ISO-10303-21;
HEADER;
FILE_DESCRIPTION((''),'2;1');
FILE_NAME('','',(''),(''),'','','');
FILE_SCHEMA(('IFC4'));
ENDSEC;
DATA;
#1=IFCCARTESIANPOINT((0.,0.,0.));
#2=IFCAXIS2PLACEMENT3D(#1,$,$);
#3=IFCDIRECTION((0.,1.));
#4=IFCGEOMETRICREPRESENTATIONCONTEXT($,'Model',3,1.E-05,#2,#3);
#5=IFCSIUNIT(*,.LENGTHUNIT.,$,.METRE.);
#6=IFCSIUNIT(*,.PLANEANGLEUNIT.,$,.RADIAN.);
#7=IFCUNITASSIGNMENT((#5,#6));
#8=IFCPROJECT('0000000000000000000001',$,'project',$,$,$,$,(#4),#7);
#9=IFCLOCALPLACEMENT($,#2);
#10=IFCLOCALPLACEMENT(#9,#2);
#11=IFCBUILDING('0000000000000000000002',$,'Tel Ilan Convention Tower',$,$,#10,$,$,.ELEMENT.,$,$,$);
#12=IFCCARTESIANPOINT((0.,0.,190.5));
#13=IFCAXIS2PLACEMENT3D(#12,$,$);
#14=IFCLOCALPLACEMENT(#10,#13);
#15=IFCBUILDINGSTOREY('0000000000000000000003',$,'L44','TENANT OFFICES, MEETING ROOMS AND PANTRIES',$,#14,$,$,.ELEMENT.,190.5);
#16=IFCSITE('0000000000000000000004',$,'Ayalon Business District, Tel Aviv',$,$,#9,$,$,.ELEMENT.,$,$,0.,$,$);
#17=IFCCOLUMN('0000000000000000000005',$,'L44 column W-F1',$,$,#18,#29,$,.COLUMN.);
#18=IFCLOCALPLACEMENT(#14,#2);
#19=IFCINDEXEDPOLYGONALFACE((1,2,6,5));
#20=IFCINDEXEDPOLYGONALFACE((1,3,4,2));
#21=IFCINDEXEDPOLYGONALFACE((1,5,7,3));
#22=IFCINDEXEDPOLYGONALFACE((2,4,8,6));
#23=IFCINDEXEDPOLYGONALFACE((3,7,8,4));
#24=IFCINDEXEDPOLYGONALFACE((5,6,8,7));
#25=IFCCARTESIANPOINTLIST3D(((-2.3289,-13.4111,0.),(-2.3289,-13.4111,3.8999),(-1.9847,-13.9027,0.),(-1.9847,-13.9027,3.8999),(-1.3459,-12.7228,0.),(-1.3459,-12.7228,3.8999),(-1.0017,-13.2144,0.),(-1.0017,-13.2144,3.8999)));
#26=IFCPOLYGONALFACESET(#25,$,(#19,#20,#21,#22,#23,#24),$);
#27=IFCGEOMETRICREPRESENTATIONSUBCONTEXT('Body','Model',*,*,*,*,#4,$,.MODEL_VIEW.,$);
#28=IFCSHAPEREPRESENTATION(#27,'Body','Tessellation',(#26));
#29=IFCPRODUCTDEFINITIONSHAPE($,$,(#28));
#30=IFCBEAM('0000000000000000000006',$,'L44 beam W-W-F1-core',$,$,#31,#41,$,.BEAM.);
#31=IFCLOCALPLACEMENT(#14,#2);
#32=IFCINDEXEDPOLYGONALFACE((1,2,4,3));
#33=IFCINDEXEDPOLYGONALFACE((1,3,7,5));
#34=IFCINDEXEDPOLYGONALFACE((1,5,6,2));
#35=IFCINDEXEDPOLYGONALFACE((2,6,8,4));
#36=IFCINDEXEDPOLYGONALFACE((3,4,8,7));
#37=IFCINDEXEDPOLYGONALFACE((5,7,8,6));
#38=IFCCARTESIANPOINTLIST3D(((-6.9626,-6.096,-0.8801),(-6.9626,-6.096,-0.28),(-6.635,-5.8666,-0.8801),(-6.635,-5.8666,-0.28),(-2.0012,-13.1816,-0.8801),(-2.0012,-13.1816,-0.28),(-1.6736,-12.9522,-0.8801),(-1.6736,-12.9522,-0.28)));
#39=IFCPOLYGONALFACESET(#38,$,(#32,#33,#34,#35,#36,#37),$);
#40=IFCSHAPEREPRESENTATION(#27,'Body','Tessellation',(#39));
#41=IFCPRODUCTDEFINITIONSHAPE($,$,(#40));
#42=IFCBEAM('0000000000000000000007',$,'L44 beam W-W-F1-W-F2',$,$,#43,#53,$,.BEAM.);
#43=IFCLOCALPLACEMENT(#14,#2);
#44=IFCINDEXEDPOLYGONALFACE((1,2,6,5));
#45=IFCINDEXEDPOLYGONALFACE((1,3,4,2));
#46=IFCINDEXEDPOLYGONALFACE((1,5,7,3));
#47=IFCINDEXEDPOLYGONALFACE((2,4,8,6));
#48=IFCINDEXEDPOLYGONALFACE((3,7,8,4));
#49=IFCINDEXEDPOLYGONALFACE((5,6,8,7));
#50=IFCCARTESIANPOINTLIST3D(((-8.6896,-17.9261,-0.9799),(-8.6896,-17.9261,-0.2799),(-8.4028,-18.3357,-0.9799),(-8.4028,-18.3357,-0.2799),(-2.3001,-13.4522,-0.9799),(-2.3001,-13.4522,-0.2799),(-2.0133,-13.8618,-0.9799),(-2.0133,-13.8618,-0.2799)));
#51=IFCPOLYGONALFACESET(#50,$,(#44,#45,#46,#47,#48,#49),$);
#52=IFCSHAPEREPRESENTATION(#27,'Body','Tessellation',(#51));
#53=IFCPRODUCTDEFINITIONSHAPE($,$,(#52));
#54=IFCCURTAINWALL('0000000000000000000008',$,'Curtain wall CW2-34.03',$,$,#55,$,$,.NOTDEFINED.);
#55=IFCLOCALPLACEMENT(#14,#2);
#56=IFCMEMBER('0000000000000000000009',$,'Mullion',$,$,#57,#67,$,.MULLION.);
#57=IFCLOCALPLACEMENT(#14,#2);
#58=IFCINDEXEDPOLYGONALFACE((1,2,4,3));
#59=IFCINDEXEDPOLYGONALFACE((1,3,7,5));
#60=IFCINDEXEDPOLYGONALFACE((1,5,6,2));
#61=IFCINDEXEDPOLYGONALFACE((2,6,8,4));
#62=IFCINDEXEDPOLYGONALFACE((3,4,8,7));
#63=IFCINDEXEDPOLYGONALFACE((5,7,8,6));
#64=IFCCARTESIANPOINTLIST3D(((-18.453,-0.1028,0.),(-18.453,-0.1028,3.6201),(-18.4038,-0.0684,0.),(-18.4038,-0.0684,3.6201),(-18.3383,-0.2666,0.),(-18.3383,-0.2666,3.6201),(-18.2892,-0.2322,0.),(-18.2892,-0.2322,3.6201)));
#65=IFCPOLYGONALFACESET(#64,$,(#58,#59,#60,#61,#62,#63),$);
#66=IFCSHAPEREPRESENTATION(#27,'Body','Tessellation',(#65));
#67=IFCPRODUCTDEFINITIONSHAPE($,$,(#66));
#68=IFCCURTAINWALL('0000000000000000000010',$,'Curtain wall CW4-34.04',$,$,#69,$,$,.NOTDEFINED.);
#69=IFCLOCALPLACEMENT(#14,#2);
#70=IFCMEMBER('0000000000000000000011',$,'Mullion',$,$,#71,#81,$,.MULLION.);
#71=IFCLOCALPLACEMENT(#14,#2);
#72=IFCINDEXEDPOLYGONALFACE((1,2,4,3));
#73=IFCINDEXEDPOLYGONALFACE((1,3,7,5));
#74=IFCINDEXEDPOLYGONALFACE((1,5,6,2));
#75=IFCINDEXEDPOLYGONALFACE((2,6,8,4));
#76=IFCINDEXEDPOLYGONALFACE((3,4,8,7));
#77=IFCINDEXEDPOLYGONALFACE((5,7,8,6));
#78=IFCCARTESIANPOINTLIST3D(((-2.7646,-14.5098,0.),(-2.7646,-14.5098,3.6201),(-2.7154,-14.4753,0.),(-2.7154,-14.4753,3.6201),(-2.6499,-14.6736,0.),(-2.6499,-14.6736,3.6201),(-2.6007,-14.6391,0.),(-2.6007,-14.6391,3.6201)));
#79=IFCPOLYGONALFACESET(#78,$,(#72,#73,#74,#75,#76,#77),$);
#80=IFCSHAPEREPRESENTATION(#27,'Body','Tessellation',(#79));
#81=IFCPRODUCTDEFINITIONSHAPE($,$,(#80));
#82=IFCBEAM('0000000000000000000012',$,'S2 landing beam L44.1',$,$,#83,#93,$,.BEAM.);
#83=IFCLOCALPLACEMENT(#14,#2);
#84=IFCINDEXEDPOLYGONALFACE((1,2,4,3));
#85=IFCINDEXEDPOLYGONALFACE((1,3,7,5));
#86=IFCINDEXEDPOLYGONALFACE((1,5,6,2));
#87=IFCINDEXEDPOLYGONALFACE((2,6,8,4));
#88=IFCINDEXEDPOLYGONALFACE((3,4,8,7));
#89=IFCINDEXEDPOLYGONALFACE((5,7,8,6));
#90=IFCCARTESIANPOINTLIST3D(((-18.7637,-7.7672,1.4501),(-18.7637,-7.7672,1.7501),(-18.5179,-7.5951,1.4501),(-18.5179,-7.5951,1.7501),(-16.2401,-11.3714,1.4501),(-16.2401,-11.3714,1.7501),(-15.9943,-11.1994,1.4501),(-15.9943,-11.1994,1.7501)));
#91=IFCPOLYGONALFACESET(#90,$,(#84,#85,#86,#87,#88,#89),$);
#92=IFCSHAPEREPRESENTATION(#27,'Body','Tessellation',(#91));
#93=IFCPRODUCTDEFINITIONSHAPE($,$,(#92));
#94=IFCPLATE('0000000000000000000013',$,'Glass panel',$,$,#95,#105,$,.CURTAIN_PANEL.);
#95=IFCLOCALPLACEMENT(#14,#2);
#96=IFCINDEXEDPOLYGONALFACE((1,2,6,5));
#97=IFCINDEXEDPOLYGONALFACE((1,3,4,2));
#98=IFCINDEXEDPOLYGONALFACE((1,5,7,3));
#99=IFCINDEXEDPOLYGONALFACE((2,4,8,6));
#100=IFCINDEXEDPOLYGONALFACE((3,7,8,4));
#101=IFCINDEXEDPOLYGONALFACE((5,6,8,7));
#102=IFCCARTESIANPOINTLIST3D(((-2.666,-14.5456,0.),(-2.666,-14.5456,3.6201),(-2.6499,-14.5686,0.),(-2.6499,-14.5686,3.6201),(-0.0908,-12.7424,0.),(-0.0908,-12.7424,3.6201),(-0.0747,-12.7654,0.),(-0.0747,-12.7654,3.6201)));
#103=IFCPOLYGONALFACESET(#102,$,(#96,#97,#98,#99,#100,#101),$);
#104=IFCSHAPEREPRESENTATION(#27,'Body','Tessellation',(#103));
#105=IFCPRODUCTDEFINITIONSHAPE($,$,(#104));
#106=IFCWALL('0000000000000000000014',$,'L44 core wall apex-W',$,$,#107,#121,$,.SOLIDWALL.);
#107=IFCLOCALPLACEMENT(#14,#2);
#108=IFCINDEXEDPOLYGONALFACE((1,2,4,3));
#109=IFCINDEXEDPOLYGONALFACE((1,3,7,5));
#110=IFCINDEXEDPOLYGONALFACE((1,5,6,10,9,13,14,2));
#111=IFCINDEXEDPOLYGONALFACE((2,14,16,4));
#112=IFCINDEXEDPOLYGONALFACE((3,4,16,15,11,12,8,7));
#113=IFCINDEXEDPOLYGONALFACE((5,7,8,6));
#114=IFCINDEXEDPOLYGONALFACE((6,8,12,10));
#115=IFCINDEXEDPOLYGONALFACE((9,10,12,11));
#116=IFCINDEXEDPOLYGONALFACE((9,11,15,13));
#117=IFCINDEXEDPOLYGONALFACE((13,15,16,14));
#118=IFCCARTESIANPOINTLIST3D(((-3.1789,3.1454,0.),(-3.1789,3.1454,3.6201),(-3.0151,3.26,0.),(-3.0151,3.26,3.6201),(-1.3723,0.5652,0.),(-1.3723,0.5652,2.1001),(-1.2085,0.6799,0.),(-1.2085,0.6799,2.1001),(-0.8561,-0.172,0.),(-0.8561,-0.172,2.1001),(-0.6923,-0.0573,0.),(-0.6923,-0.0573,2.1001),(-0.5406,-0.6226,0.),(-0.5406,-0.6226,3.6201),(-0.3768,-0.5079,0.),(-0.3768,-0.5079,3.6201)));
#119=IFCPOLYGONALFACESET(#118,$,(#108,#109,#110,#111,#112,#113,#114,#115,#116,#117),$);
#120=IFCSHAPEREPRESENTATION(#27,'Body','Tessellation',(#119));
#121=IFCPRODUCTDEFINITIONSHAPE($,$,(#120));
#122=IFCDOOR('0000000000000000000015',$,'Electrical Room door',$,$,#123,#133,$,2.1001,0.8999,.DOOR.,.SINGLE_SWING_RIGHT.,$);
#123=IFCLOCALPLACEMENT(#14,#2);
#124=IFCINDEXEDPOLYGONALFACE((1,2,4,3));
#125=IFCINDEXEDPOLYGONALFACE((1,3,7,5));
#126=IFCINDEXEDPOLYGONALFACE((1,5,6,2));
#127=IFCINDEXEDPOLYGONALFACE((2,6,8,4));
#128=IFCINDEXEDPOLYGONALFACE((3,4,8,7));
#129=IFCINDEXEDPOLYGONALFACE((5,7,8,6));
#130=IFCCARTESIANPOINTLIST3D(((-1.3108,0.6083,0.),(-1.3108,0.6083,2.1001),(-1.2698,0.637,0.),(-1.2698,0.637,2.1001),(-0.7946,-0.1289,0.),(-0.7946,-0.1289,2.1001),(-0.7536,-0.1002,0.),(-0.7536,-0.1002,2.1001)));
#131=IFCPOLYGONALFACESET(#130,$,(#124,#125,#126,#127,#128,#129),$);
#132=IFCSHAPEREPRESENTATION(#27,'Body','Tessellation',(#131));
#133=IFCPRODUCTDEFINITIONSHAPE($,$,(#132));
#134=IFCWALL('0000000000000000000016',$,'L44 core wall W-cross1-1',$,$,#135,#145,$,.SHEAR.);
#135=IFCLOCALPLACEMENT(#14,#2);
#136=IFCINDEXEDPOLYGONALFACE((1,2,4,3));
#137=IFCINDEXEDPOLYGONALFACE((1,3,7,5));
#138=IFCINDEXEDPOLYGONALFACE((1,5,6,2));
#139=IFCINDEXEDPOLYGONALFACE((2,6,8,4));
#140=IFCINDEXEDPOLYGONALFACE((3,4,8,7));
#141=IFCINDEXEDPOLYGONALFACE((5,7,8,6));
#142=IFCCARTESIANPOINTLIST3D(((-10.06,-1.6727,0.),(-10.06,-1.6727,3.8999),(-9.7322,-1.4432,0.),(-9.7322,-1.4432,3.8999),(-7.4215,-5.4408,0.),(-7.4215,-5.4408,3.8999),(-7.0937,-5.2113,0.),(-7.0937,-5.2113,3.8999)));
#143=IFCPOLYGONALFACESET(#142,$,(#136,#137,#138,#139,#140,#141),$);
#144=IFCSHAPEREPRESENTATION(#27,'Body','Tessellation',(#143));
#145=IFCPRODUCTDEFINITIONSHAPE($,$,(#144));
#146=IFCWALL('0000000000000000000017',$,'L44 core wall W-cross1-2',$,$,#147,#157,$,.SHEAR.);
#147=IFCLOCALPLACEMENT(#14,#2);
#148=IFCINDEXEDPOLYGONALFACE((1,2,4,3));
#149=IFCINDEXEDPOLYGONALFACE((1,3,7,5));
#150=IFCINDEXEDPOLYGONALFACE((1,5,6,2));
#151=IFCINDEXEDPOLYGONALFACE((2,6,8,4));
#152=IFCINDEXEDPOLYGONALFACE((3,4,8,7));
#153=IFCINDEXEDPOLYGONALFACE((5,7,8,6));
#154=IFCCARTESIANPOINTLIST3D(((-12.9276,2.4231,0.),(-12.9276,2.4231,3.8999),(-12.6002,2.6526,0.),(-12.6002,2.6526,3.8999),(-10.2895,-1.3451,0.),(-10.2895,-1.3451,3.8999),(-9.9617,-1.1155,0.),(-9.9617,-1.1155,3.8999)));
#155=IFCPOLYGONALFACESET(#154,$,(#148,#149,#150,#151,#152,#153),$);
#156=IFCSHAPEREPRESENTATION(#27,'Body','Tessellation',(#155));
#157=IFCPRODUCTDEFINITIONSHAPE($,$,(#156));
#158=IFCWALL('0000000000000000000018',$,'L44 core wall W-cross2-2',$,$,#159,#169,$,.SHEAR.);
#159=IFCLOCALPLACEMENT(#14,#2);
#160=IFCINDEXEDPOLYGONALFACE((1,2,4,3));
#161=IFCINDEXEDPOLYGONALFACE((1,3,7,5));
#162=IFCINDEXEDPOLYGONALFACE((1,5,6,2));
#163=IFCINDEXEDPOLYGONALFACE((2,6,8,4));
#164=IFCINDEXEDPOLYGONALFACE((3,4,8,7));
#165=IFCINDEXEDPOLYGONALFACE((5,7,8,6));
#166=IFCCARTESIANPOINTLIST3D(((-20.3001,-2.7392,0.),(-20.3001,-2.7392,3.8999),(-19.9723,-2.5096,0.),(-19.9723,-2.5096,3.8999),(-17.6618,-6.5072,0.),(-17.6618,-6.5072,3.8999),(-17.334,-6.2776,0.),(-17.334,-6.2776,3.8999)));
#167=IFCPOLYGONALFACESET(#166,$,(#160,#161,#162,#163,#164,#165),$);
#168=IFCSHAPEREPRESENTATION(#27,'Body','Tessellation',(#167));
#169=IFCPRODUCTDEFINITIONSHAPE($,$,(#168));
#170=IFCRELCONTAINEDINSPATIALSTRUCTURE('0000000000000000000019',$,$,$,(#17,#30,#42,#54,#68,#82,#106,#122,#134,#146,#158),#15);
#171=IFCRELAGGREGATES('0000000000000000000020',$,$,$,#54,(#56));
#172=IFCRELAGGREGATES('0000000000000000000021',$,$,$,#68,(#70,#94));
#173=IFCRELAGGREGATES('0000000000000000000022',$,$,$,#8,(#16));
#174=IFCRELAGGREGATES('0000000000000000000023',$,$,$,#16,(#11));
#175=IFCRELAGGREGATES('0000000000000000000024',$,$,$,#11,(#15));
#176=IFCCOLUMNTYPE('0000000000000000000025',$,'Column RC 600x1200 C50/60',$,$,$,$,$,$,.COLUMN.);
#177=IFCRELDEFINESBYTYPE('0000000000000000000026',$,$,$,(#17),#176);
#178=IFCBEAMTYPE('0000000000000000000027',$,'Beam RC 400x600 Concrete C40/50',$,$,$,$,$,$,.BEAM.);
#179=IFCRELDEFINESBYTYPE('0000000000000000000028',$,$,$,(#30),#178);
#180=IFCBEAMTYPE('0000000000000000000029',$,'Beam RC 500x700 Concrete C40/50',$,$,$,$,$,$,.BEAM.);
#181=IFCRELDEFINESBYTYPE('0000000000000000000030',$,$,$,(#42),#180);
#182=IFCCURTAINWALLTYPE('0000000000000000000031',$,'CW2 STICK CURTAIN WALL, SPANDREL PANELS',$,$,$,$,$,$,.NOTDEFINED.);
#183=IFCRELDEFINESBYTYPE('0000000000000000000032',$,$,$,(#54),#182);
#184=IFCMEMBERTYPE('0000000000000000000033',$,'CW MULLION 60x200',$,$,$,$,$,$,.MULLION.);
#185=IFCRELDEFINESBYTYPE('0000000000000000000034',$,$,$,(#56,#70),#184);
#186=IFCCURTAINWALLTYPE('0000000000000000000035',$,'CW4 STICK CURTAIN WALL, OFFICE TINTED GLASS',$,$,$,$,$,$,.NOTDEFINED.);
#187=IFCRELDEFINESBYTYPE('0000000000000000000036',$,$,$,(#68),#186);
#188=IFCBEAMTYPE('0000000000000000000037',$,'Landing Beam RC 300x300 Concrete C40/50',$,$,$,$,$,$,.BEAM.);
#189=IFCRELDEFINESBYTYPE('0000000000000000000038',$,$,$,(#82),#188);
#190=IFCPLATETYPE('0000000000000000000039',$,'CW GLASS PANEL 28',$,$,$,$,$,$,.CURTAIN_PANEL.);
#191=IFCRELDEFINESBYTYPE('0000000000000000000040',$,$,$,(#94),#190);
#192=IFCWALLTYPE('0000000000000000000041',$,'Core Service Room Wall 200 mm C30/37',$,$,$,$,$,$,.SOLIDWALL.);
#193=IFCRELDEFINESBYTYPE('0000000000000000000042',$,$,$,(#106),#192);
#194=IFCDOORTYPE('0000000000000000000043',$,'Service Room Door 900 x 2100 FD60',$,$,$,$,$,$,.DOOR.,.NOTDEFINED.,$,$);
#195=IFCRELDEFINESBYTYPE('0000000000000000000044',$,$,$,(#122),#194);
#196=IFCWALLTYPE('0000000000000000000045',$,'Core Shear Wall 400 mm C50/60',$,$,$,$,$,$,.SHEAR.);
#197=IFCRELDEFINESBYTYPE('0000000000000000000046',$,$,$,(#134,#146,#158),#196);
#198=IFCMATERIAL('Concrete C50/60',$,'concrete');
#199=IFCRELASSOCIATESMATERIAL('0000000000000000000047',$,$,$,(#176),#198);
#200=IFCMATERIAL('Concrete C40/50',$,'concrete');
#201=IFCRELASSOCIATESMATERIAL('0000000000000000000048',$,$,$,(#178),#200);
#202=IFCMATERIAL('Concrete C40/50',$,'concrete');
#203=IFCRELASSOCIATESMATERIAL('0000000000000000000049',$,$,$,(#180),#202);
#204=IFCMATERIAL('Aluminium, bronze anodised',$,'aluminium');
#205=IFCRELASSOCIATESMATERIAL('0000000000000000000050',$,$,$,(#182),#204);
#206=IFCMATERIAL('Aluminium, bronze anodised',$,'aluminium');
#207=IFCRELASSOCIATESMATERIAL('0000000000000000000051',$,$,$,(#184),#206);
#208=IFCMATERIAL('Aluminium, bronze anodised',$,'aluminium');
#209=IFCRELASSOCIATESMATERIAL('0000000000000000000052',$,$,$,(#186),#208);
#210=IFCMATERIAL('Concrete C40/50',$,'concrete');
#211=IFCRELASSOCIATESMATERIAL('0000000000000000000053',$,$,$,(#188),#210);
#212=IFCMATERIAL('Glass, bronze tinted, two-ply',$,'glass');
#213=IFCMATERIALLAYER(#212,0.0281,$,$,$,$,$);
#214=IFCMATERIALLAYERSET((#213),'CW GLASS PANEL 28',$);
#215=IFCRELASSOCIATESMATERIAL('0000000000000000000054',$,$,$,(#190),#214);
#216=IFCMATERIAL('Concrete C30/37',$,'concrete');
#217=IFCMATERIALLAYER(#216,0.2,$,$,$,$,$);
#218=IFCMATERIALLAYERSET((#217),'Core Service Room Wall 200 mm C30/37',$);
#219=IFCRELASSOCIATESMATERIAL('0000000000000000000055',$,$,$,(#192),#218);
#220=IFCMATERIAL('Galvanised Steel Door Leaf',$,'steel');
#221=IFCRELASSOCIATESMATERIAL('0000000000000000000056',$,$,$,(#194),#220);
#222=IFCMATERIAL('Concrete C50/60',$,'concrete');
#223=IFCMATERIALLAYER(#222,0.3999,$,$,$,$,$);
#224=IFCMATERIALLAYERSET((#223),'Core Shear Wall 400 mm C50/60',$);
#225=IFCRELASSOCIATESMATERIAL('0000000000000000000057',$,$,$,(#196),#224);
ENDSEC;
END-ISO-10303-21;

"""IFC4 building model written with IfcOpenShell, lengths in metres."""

from ifc_helpers import new_model, si_unit, direction, frame, frame_2d, origin, origin_2d, place, context, subcontext, project, spatial, polyline, rectangle, outline, extrude, material, layer, layer_set, material_profile, profile_set, type_object, element, fill, aggregate, save


model = new_model("IFC4")

# Units and contexts
model_context = context("Model", 3, precision=1e-05, world=origin(), true_north=direction((0.0, 1.0)))
body_context = subcontext(model_context, "Body", "Model", "MODEL_VIEW")
ifc_project = project(units=[si_unit("LENGTHUNIT", "METRE"), si_unit("PLANEANGLEUNIT", "RADIAN")], contexts=[model_context])

# Site, building, storey
site_placement = place(None, origin())
site = spatial("IfcSite", under=ifc_project, at=site_placement, Name="Ayalon Business District, Tel Aviv", CompositionType="ELEMENT", RefElevation=0.0)
building_placement = place(site_placement, origin())
building = spatial("IfcBuilding", under=site, at=building_placement, Name="Tel Ilan Convention Tower", CompositionType="ELEMENT")
storey_placement = place(building_placement, frame((0.0, 0.0, 190.5)))
storey = spatial("IfcBuildingStorey", under=building, at=storey_placement, Name="L44", Description="TENANT OFFICES, MEETING ROOMS AND PANTRIES", CompositionType="ELEMENT", Elevation=190.5)

# Column
ifc_material_1 = material(Name="Concrete C50/60", Category="concrete")
ifc_material_profile_1 = material_profile(ifc_material_1, rectangle(XDim=1.2, YDim=0.6001, at=origin_2d()), Name="RC 600x1200")
ifc_profile_set_1 = profile_set([ifc_material_profile_1], Name="Concrete C50/60")
column_type = type_object("IfcColumnType", Name="Column RC 600x1200 C50/60", PredefinedType="COLUMN", material=ifc_profile_set_1)
column_placement = place(storey_placement, frame((-1.6653, -13.3127, 0.0), z_axis=(0.0, 0.0, 1.0), x_axis=(-0.819152, -0.573576, 0.0)))
element("IfcColumn", 1, at=column_placement, inside=storey, type_object=column_type, Name="L44 column W-F1", PredefinedType="COLUMN", context=body_context, shape_type="SweptSolid", body=[
    extrude(rectangle(XDim=1.2, YDim=0.6001, at=origin_2d()), origin(), (0.0, 0.0, 1.0), 3.8999),
])

# Beams
ifc_material_2 = material(Name="Concrete C40/50", Category="concrete")
ifc_material_profile_2 = material_profile(ifc_material_2, rectangle(XDim=0.3999, YDim=0.6001, at=origin_2d()), Name="RC 400x600")
ifc_profile_set_2 = profile_set([ifc_material_profile_2], Name="Concrete C40/50")
beam_type_1 = type_object("IfcBeamType", Name="Beam RC 400x600 Concrete C40/50", PredefinedType="BEAM", material=ifc_profile_set_2)
beam_1_placement = place(storey_placement, frame((-1.8374, -13.0669, -0.5801), z_axis=(-0.573574, 0.819154, 0.0), x_axis=(-0.819154, -0.573574, 0.0)))
element("IfcBeam", 2, at=beam_1_placement, inside=storey, type_object=beam_type_1, Name="L44 beam W-W-F1-core", PredefinedType="BEAM", context=body_context, shape_type="SweptSolid", body=[
    extrude(rectangle(XDim=0.3999, YDim=0.6001, at=origin_2d()), origin(), (0.0, 0.0, 1.0), 8.6499),
])
ifc_material_3 = material(Name="Concrete C40/50", Category="concrete")
ifc_material_profile_3 = material_profile(ifc_material_3, rectangle(XDim=0.5, YDim=0.7, at=origin_2d()), Name="RC 500x700")
ifc_profile_set_3 = profile_set([ifc_material_profile_3], Name="Concrete C40/50")
beam_type_2 = type_object("IfcBeamType", Name="Beam RC 500x700 Concrete C40/50", PredefinedType="BEAM", material=ifc_profile_set_3)
beam_2_placement = place(storey_placement, frame((-2.1567, -13.657, -0.6299), z_axis=(-0.819154, -0.573574, 0.0), x_axis=(0.573574, -0.819154, 0.0)))
element("IfcBeam", 3, at=beam_2_placement, inside=storey, type_object=beam_type_2, Name="L44 beam W-W-F1-W-F2", PredefinedType="BEAM", context=body_context, shape_type="SweptSolid", body=[
    extrude(rectangle(XDim=0.5, YDim=0.7, at=origin_2d()), origin(), (0.0, 0.0, 1.0), 7.8),
])

# Curtain walls, members
ifc_material_4 = material(Name="Aluminium, bronze anodised", Category="aluminium")
curtain_wall_type_1 = type_object("IfcCurtainWallType", Name="CW2 STICK CURTAIN WALL, SPANDREL PANELS", PredefinedType="NOTDEFINED", material=ifc_material_4)
curtain_wall_1_placement = place(storey_placement, origin())
curtain_wall_1 = element("IfcCurtainWall", 4, at=curtain_wall_1_placement, inside=storey, type_object=curtain_wall_type_1, Name="Curtain wall CW2-34.03", PredefinedType="NOTDEFINED")
ifc_material_5 = material(Name="Aluminium, bronze anodised", Category="aluminium")
ifc_material_profile_4 = material_profile(ifc_material_5, rectangle(XDim=0.0601, YDim=0.2, at=origin_2d()), Name="CW MULLION 60x200")
ifc_profile_set_4 = profile_set([ifc_material_profile_4], Name="Aluminium, bronze anodised")
member_type = type_object("IfcMemberType", Name="CW MULLION 60x200", PredefinedType="MULLION", material=ifc_profile_set_4)
member_1_placement = place(storey_placement, frame((-18.3711, -0.1675, 0.0), z_axis=(0.0, 0.0, 1.0), x_axis=(-0.819152, -0.573576, 0.0)))
member_1 = element("IfcMember", 5, at=member_1_placement, type_object=member_type, Name="Mullion", PredefinedType="MULLION", context=body_context, shape_type="SweptSolid", body=[
    extrude(rectangle(XDim=0.0601, YDim=0.2, at=origin_2d()), origin(), (0.0, 0.0, 1.0), 3.6201),
])
aggregate(curtain_wall_1, [member_1])
ifc_material_6 = material(Name="Aluminium, bronze anodised", Category="aluminium")
curtain_wall_type_2 = type_object("IfcCurtainWallType", Name="CW4 STICK CURTAIN WALL, OFFICE TINTED GLASS", PredefinedType="NOTDEFINED", material=ifc_material_6)
curtain_wall_2_placement = place(storey_placement, origin())
curtain_wall_2 = element("IfcCurtainWall", 6, at=curtain_wall_2_placement, inside=storey, type_object=curtain_wall_type_2, Name="Curtain wall CW4-34.04", PredefinedType="NOTDEFINED")
member_2_placement = place(storey_placement, frame((-2.6826, -14.5745, 0.0), z_axis=(0.0, 0.0, 1.0), x_axis=(0.819152, 0.573576, 0.0)))
member_2 = element("IfcMember", 7, at=member_2_placement, type_object=member_type, Name="Mullion", PredefinedType="MULLION", context=body_context, shape_type="SweptSolid", body=[
    extrude(rectangle(XDim=0.0601, YDim=0.2, at=origin_2d()), origin(), (0.0, 0.0, 1.0), 3.6201),
])

# Beam
ifc_material_7 = material(Name="Concrete C40/50", Category="concrete")
ifc_material_profile_5 = material_profile(ifc_material_7, rectangle(XDim=0.3, YDim=0.3, at=origin_2d()), Name="RC 300x300")
ifc_profile_set_5 = profile_set([ifc_material_profile_5], Name="Concrete C40/50")
beam_type_3 = type_object("IfcBeamType", Name="Landing Beam RC 300x300 Concrete C40/50", PredefinedType="BEAM", material=ifc_profile_set_5)
beam_3_placement = place(storey_placement, frame((-16.1172, -11.2854, 1.6001), z_axis=(-0.57357, 0.819156, 0.0), x_axis=(-0.819156, -0.57357, 0.0)))
element("IfcBeam", 8, at=beam_3_placement, inside=storey, type_object=beam_type_3, Name="S2 landing beam L44.1", PredefinedType="BEAM", context=body_context, shape_type="SweptSolid", body=[
    extrude(rectangle(XDim=0.3, YDim=0.3, at=origin_2d()), origin(), (0.0, 0.0, 1.0), 4.3999),
])

# Plate
ifc_material_8 = material(Name="Glass, bronze tinted, two-ply", Category="glass")
ifc_layer_1 = layer(ifc_material_8, 0.0281)
ifc_layer_set_1 = layer_set([ifc_layer_1], Name="CW GLASS PANEL 28")
plate_type = type_object("IfcPlateType", Name="CW GLASS PANEL 28", PredefinedType="CURTAIN_PANEL", material=ifc_layer_set_1)
plate_placement = place(storey_placement, frame((-1.3704, -13.6555, 0.0), z_axis=(0.0, 0.0, 1.0), x_axis=(0.819152, 0.573576, 0.0)))
plate = element("IfcPlate", 9, at=plate_placement, type_object=plate_type, Name="Glass panel", PredefinedType="CURTAIN_PANEL", context=body_context, shape_type="SweptSolid", body=[
    extrude(rectangle(XDim=3.1438, YDim=0.0281, at=origin_2d()), origin(), (0.0, 0.0, 1.0), 3.6201),
])
aggregate(curtain_wall_2, [member_2, plate])

# Wall, opening, door
ifc_material_9 = material(Name="Concrete C30/37", Category="concrete")
ifc_layer_2 = layer(ifc_material_9, 0.2)
ifc_layer_set_2 = layer_set([ifc_layer_2], Name="Core Service Room Wall 200 mm C30/37")
wall_type_1 = type_object("IfcWallType", Name="Core Service Room Wall 200 mm C30/37", PredefinedType="SOLIDWALL", material=ifc_layer_set_2)
wall_1_placement = place(storey_placement, frame((-0.4587, -0.5652, 0.0), z_axis=(0.0, 0.0, 1.0), x_axis=(-0.573576, 0.819152, 0.0)))
wall_1 = element("IfcWall", 10, at=wall_1_placement, inside=storey, type_object=wall_type_1, Name="L44 core wall apex-W", PredefinedType="SOLIDWALL", context=body_context, shape_type="SweptSolid", body=[
    extrude(rectangle(XDim=4.5999, YDim=0.2, at=frame_2d((2.2998, 0.0))), origin(), (0.0, 0.0, 1.0), 3.6201),
])
opening_1_placement = place(wall_1_placement, frame((0.55, 0.0, 0.0)))
opening_1 = element("IfcOpeningElement", 11, at=opening_1_placement, cuts=wall_1, PredefinedType="OPENING", context=body_context, shape_type="SweptSolid", body=[
    extrude(rectangle(XDim=0.8999, YDim=2.1001, at=frame_2d((0.45, 1.05))), frame((0.0, 0.1099, 0.0), z_axis=(0.0, -1.0, 0.0), x_axis=(1.0, 0.0, 0.0)), (0.0, 0.0, 1.0), 0.22),
])
ifc_material_10 = material(Name="Galvanised Steel Door Leaf", Category="steel")
door_type_1 = type_object("IfcDoorType", Name="Service Room Door 900 x 2100 FD60", OperationType="NOTDEFINED", PredefinedType="DOOR", material=ifc_material_10)
door_1_placement = place(opening_1_placement, origin())
door_1 = element("IfcDoor", 12, at=door_1_placement, inside=storey, type_object=door_type_1, Name="Electrical Room door", OperationType="SINGLE_SWING_RIGHT", OverallHeight=2.1001, OverallWidth=0.8999, PredefinedType="DOOR", context=body_context, shape_type="SweptSolid", body=[
    extrude(rectangle(XDim=0.8999, YDim=2.1001, at=frame_2d((0.45, 1.05))), frame((0.0, 0.0249, 0.0), z_axis=(0.0, -1.0, 0.0), x_axis=(1.0, 0.0, 0.0)), (0.0, 0.0, 1.0), 0.05),
])
fill(opening_1, door_1)

# Walls
ifc_material_11 = material(Name="Concrete C50/60", Category="concrete")
ifc_layer_3 = layer(ifc_material_11, 0.3999)
ifc_layer_set_3 = layer_set([ifc_layer_3], Name="Core Shear Wall 400 mm C50/60")
wall_type_2 = type_object("IfcWallType", Name="Core Shear Wall 400 mm C50/60", PredefinedType="SHEAR", material=ifc_layer_set_3)
wall_2_placement = place(storey_placement, frame((-7.2578, -5.3259, 0.0), z_axis=(0.0, 0.0, 1.0), x_axis=(-0.573541, 0.819177, 0.0)))
element("IfcWall", 13, at=wall_2_placement, inside=storey, type_object=wall_type_2, Name="L44 core wall W-cross1-1", PredefinedType="SHEAR", context=body_context, shape_type="SweptSolid", body=[
    extrude(outline(polyline([(4.5999, 0.2002), (-0.0002, 0.2), (-0.0002, -0.2002), (4.5999, -0.2), (4.5999, 0.2002)])), origin(), (0.0, 0.0, 1.0), 3.8999),
])
wall_3_placement = place(storey_placement, frame((-10.1255, -1.2302, 0.0), z_axis=(0.0, 0.0, 1.0), x_axis=(-0.573576, 0.819152, 0.0)))
element("IfcWall", 14, at=wall_3_placement, inside=storey, type_object=wall_type_2, Name="L44 core wall W-cross1-2", PredefinedType="SHEAR", context=body_context, shape_type="SweptSolid", body=[
    extrude(outline(polyline([(4.6001, -0.2), (4.5999, 0.2), (0.0, 0.2002), (0.0, -0.2), (4.6001, -0.2)])), origin(), (0.0, 0.0, 1.0), 3.8999),
])
wall_4_placement = place(storey_placement, frame((-17.4978, -6.3923, 0.0), z_axis=(0.0, 0.0, 1.0), x_axis=(-0.573612, 0.819127, 0.0)))
element("IfcWall", 15, at=wall_4_placement, inside=storey, type_object=wall_type_2, Name="L44 core wall W-cross2-2", PredefinedType="SHEAR", context=body_context, shape_type="SweptSolid", body=[
    extrude(outline(polyline([(4.5999, -0.2002), (4.5999, 0.2), (0.0, 0.2002), (0.0, -0.2), (4.5999, -0.2002)])), origin(), (0.0, 0.0, 1.0), 3.8999),
])

save(model, "model.ifc")
